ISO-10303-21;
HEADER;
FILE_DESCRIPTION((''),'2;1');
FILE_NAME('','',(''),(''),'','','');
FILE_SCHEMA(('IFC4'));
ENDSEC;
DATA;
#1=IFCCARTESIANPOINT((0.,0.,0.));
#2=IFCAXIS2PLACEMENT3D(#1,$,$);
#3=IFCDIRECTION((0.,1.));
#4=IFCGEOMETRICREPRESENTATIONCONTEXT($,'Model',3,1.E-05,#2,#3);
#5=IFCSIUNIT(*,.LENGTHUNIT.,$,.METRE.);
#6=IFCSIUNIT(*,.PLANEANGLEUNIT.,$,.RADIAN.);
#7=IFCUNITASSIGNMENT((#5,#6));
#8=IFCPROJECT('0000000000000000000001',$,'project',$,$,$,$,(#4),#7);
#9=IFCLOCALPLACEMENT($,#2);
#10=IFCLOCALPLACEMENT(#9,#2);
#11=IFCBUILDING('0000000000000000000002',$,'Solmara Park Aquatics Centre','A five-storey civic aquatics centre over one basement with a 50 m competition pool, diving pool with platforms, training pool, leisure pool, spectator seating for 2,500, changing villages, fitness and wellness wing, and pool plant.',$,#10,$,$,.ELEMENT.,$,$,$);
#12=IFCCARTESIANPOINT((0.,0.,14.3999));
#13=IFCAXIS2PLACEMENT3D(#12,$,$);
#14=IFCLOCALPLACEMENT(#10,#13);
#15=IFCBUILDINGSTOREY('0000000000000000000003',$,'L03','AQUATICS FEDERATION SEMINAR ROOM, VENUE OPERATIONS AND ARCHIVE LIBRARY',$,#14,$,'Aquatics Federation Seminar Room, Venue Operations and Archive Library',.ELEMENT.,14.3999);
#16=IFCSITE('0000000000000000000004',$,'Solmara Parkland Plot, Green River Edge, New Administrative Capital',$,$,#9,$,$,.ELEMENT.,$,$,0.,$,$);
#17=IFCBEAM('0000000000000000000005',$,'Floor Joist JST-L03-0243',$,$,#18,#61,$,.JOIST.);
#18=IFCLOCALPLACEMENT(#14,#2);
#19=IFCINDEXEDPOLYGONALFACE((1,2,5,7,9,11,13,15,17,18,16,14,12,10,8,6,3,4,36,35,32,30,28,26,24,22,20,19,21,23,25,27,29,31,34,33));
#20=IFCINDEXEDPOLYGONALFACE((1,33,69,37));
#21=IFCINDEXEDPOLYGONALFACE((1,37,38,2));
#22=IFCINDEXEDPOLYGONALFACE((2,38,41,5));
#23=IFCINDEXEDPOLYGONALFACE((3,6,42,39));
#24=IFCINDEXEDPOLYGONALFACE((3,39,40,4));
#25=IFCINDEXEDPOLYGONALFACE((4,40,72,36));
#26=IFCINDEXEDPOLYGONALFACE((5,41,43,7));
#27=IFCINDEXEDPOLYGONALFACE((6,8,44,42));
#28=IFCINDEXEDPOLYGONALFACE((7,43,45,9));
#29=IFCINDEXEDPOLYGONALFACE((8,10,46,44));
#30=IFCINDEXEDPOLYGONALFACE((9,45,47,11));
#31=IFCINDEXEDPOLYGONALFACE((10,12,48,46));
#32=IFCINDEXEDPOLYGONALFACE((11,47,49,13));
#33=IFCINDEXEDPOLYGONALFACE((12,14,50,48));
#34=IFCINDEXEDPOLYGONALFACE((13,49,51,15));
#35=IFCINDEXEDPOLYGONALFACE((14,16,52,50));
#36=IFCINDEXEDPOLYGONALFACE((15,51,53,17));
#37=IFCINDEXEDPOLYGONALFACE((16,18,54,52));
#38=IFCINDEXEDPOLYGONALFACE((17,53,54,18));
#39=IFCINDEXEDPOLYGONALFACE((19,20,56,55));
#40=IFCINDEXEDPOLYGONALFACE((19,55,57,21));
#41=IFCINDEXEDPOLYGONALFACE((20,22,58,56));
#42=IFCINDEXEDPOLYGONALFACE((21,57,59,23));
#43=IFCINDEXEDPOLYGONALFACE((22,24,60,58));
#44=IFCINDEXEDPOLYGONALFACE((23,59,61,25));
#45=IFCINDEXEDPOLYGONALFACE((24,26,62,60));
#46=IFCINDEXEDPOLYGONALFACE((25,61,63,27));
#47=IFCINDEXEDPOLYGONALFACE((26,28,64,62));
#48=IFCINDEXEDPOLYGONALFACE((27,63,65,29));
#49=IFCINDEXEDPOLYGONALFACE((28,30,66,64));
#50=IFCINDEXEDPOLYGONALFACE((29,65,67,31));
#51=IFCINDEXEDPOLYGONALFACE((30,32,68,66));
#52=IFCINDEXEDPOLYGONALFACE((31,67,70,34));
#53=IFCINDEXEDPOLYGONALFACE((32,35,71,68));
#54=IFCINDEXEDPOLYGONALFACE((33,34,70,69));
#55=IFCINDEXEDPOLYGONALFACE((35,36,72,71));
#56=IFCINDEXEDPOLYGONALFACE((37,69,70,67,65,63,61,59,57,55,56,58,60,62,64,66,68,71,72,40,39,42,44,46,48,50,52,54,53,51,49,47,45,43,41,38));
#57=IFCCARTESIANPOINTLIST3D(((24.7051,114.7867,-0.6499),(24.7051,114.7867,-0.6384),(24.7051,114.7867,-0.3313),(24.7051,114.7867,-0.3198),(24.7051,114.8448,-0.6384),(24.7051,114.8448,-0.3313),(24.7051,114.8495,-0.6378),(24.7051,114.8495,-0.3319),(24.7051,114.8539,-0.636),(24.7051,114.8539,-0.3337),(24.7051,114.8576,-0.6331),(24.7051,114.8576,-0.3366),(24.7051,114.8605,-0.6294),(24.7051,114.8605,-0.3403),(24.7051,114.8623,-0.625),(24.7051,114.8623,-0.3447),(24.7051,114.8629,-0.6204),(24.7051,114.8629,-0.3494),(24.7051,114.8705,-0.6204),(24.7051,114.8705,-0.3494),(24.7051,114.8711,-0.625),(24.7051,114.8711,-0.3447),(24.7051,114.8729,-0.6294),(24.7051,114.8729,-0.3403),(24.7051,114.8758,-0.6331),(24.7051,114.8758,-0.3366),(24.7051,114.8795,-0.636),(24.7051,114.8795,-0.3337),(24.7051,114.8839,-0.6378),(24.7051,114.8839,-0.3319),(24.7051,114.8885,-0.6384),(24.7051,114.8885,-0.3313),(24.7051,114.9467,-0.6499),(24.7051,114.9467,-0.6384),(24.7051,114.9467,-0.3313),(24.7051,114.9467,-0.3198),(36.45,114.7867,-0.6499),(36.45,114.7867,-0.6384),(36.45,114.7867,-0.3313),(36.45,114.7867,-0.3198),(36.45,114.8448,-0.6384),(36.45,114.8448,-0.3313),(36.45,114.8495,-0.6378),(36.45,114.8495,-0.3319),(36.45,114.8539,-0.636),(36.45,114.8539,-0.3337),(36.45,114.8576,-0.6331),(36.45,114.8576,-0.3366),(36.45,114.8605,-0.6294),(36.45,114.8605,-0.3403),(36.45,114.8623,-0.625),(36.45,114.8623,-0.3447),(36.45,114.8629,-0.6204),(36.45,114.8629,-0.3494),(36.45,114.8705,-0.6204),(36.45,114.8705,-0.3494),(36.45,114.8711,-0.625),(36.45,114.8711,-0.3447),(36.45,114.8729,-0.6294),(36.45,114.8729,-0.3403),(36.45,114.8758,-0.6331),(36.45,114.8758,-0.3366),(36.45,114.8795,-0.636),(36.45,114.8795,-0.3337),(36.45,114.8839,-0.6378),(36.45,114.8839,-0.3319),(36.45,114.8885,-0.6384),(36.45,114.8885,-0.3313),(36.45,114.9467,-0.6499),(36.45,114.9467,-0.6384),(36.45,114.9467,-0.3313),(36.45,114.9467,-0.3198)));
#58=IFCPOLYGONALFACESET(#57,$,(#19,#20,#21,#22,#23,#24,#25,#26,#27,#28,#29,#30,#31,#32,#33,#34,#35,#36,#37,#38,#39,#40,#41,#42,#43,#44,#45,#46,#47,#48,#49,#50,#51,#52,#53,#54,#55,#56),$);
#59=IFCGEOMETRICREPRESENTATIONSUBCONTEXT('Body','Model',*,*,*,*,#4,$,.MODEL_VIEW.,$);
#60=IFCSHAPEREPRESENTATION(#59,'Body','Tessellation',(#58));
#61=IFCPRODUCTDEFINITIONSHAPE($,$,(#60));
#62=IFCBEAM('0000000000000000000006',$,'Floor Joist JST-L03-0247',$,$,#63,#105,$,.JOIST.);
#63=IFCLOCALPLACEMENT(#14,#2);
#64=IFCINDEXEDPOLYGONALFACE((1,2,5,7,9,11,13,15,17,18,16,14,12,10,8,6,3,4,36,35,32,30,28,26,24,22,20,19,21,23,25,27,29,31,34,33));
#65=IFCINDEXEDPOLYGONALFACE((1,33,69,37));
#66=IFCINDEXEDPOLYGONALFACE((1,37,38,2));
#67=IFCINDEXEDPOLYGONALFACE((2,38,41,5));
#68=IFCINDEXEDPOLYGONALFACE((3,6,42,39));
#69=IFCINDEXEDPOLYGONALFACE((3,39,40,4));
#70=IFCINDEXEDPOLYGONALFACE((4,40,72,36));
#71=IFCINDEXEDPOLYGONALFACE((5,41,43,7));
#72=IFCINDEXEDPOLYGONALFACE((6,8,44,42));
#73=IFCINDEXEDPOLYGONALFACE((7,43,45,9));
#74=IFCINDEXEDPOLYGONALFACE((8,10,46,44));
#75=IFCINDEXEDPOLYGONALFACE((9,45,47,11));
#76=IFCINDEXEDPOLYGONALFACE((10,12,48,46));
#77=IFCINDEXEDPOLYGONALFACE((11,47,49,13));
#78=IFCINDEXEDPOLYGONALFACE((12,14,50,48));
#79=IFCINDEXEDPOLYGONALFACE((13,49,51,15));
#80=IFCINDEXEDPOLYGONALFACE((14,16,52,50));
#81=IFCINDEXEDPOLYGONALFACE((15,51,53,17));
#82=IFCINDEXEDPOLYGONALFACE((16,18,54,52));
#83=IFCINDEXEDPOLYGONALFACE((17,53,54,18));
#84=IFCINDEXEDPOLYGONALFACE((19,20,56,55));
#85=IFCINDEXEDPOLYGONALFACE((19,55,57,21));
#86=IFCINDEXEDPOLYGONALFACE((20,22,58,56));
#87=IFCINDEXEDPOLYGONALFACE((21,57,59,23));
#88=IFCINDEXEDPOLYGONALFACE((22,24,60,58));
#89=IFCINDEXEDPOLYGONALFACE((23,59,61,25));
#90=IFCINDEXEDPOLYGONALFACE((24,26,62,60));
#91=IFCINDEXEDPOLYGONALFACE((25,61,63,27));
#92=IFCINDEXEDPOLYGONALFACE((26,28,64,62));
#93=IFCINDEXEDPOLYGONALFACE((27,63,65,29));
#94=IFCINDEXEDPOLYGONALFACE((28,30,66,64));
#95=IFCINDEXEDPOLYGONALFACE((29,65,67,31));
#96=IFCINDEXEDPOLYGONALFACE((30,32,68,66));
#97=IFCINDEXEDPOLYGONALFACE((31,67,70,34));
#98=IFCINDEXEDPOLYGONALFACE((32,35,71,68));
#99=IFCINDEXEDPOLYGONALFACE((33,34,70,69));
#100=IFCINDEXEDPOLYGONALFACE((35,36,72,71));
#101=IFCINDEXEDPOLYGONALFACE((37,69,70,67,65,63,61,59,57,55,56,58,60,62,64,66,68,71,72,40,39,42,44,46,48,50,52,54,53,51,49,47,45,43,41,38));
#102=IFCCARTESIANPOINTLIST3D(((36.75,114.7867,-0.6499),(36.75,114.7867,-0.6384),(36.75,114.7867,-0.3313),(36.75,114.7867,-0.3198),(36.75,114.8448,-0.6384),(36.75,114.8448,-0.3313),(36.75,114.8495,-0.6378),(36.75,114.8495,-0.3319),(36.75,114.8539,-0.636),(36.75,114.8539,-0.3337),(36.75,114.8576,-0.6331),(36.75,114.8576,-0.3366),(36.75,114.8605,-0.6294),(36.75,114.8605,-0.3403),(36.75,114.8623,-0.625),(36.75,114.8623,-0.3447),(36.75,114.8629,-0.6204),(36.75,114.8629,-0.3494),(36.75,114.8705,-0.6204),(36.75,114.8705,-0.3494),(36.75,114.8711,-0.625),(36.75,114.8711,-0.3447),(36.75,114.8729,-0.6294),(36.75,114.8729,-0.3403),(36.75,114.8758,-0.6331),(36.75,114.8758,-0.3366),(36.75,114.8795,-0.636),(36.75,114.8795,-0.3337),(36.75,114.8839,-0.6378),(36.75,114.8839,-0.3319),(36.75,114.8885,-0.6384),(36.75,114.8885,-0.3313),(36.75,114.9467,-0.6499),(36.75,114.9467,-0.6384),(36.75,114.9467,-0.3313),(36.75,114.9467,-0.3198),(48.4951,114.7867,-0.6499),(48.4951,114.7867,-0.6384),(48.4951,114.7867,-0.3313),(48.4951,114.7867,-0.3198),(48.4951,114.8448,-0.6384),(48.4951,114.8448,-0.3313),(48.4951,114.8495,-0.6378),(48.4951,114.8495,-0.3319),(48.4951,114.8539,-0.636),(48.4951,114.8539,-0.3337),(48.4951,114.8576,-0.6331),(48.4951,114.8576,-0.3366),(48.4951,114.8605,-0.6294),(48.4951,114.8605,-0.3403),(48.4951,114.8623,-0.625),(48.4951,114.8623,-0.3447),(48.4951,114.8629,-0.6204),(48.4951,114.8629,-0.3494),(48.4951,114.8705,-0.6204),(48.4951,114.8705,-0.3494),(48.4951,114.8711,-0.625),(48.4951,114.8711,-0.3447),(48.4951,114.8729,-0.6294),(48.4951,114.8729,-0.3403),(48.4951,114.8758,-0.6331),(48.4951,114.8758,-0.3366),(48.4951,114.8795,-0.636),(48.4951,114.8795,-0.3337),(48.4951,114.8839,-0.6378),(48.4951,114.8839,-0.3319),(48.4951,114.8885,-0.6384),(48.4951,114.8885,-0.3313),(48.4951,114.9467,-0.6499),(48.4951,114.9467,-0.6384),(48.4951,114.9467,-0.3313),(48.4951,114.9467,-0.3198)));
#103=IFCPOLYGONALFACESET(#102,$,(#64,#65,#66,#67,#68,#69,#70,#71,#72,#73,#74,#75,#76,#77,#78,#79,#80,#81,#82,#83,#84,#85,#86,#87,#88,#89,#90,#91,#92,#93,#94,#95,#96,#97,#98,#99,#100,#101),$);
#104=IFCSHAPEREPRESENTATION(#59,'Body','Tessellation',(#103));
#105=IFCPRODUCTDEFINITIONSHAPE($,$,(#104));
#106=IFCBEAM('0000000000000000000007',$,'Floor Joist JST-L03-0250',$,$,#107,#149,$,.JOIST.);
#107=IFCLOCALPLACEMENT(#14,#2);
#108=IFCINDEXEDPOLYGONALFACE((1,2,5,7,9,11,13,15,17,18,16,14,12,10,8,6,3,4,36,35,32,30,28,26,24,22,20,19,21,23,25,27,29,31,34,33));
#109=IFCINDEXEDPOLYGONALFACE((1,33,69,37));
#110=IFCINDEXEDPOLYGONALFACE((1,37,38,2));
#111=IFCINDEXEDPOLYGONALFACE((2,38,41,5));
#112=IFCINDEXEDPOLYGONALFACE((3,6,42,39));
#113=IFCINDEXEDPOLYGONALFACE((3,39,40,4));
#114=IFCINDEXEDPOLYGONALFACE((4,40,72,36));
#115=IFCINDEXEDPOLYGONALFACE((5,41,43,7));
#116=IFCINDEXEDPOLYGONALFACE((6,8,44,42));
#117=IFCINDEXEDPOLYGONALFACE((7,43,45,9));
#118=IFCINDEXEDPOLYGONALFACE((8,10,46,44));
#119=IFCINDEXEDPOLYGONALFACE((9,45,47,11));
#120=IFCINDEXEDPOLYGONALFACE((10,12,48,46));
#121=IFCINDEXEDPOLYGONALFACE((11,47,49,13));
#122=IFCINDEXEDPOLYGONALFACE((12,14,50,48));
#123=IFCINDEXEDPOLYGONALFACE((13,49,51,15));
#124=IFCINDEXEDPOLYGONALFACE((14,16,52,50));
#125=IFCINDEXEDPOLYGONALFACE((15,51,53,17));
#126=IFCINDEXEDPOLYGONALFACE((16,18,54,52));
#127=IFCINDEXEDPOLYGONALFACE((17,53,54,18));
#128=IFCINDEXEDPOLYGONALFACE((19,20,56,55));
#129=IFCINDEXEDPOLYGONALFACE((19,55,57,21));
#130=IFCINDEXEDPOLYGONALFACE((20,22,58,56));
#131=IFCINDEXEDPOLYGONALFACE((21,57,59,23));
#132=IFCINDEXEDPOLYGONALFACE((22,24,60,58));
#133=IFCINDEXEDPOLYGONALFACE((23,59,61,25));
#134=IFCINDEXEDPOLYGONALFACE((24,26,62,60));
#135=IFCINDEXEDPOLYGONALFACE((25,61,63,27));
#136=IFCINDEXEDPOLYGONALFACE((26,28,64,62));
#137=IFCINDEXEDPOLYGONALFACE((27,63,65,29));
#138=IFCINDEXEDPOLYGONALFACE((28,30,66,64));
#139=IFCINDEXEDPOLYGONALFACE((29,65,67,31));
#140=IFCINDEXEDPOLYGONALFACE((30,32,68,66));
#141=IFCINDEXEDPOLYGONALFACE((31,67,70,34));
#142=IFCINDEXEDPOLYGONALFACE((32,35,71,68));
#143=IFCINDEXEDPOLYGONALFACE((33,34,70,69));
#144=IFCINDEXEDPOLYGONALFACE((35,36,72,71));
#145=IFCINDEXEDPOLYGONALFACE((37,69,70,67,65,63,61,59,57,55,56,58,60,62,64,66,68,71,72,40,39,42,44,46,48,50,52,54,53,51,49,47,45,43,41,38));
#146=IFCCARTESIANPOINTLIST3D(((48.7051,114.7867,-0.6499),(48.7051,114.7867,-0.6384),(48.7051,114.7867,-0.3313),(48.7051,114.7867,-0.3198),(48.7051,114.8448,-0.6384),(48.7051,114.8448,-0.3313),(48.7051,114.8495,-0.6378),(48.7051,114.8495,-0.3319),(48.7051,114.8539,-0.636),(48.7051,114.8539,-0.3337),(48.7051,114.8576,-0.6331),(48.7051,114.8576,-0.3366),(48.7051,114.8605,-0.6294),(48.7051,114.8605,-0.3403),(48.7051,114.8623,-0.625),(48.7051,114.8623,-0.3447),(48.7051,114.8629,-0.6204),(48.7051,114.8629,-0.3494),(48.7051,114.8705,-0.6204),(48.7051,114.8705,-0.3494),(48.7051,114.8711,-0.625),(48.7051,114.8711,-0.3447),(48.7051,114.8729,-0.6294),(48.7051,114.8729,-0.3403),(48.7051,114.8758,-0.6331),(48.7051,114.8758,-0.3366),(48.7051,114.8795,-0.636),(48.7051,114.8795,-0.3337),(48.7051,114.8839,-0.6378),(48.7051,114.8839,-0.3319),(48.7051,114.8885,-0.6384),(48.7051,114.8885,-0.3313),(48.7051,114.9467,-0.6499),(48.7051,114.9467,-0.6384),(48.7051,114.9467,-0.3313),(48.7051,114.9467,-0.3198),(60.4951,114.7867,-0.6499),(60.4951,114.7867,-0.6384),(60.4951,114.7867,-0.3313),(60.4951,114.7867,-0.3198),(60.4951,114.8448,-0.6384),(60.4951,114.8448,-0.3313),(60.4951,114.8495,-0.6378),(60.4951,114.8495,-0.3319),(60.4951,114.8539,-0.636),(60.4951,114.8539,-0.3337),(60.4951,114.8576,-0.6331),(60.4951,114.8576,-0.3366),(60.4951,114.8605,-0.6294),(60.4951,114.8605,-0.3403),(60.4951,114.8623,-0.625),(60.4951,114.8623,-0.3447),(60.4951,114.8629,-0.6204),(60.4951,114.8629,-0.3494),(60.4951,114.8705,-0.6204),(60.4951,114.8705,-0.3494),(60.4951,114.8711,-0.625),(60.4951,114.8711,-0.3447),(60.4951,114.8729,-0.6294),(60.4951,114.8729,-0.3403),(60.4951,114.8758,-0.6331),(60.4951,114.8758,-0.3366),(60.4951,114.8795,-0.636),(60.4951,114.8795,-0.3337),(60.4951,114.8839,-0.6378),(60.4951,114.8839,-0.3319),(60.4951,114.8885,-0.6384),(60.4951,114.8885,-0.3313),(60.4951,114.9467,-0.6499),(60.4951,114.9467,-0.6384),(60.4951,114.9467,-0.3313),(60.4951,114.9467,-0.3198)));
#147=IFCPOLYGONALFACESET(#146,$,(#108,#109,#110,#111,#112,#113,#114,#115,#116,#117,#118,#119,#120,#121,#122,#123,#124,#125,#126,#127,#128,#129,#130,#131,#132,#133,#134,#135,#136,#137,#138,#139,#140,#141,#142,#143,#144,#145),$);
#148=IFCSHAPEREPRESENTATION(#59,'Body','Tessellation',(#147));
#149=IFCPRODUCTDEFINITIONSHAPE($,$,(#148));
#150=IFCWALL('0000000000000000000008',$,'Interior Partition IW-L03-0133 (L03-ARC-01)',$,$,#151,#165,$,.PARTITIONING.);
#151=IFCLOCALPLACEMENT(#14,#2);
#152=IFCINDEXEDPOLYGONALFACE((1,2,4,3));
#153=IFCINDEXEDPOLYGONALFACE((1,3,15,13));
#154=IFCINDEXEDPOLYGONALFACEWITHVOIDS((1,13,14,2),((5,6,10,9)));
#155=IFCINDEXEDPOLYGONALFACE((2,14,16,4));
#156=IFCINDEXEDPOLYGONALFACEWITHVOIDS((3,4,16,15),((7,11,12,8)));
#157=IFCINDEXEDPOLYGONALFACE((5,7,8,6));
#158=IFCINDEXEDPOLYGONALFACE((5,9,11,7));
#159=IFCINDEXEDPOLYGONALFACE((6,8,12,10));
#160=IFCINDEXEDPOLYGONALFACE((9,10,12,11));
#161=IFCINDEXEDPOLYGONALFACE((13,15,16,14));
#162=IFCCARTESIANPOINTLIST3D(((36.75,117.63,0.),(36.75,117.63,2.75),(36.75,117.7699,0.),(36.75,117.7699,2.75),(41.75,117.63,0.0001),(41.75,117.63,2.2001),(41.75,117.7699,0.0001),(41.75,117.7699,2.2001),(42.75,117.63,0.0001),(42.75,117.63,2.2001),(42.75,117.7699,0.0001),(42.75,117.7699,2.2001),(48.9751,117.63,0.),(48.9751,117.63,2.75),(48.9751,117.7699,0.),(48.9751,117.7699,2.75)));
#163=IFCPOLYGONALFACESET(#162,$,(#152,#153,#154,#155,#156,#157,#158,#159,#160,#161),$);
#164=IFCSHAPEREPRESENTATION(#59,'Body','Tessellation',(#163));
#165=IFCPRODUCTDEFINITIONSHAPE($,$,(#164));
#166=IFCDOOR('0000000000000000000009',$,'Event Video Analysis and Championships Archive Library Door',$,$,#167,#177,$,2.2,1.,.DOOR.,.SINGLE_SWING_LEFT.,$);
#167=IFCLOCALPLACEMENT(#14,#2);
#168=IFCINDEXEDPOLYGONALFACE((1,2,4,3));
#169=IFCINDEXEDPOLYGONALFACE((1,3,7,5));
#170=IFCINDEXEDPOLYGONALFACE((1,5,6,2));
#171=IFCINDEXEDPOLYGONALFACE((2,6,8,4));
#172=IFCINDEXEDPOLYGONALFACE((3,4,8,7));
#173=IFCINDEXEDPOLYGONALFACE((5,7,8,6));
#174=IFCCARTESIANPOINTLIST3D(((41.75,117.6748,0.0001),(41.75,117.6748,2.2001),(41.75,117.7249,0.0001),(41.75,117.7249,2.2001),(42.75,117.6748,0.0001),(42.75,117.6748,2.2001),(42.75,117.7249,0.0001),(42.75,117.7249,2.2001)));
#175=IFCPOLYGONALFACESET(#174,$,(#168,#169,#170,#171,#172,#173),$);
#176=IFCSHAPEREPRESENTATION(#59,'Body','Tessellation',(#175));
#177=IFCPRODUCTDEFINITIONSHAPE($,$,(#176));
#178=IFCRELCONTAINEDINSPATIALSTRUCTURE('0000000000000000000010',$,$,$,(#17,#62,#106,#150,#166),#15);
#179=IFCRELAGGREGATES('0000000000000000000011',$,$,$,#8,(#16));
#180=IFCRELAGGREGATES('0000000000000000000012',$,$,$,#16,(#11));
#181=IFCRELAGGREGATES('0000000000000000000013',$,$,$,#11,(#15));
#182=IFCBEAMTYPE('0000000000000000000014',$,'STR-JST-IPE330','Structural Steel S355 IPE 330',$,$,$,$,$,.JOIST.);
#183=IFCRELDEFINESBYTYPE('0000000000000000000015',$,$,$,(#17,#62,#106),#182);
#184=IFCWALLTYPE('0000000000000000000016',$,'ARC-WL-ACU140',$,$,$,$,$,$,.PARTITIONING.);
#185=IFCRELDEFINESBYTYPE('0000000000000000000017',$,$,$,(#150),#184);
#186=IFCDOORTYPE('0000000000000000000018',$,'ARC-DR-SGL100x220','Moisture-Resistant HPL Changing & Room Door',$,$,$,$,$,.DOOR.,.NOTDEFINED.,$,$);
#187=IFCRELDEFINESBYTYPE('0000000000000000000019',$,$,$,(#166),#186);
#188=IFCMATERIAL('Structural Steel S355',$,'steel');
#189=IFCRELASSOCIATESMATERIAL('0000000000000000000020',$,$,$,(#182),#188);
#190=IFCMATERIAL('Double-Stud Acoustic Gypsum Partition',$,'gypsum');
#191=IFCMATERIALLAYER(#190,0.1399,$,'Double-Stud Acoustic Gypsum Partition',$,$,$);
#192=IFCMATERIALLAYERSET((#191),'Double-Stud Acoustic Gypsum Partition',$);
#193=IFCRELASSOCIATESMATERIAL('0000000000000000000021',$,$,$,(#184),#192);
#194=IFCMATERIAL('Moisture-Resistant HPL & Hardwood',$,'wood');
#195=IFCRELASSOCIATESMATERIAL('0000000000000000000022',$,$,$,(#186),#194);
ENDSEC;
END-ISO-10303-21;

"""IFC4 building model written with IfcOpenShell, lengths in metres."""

from ifc_helpers import new_model, si_unit, direction, frame, frame_2d, origin, origin_2d, place, context, subcontext, project, spatial, rectangle, i_section, extrude, material, layer, layer_set, material_profile, profile_set, type_object, element, fill, save


model = new_model("IFC4")

# Units and contexts
model_context = context("Model", 3, precision=1e-05, world=origin(), true_north=direction((0.0, 1.0)))
body_context = subcontext(model_context, "Body", "Model", "MODEL_VIEW")
ifc_project = project(units=[si_unit("LENGTHUNIT", "METRE"), si_unit("PLANEANGLEUNIT", "RADIAN")], contexts=[model_context])

# Site, building, storey
site_placement = place(None, origin())
site = spatial("IfcSite", under=ifc_project, at=site_placement, Name="Solmara Parkland Plot, Green River Edge, New Administrative Capital", CompositionType="ELEMENT", RefElevation=0.0)
building_placement = place(site_placement, origin())
building = spatial("IfcBuilding", under=site, at=building_placement, Name="Solmara Park Aquatics Centre", Description="A five-storey civic aquatics centre over one basement with a 50 m competition pool, diving pool with platforms, training pool, leisure pool, spectator seating for 2,500, changing villages, fitness and wellness wing, and pool plant.", CompositionType="ELEMENT")
storey_placement = place(building_placement, frame((0.0, 0.0, 14.3999)))
storey = spatial("IfcBuildingStorey", under=building, at=storey_placement, Name="L03", Description="AQUATICS FEDERATION SEMINAR ROOM, VENUE OPERATIONS AND ARCHIVE LIBRARY", LongName="Aquatics Federation Seminar Room, Venue Operations and Archive Library", CompositionType="ELEMENT", Elevation=14.3999)

# Beams
ifc_material_1 = material(Name="Structural Steel S355", Category="steel")
ifc_material_profile_1 = material_profile(ifc_material_1, i_section(OverallWidth=0.1599, OverallDepth=0.3301, WebThickness=0.0076, FlangeThickness=0.0115, FilletRadius=0.0181, at=origin_2d()), Name="IPE 330")
ifc_profile_set_1 = profile_set([ifc_material_profile_1], Name="Structural Steel S355")
beam_type_1 = type_object("IfcBeamType", Name="STR-JST-IPE330", Description="Structural Steel S355 IPE 330", PredefinedType="JOIST", material=ifc_profile_set_1)
beam_1_placement = place(storey_placement, frame((24.7051, 114.8667, -0.4849), z_axis=(1.0, 0.0, 0.0), x_axis=(0.0, 1.0, 0.0)))
element("IfcBeam", 1, at=beam_1_placement, inside=storey, type_object=beam_type_1, Name="Floor Joist JST-L03-0243", PredefinedType="JOIST", context=body_context, shape_type="SweptSolid", body=[
    extrude(i_section(OverallWidth=0.1599, OverallDepth=0.3301, WebThickness=0.0076, FlangeThickness=0.0115, FilletRadius=0.0181, at=origin_2d()), origin(), (0.0, 0.0, 1.0), 11.7449),
])
beam_2_placement = place(storey_placement, frame((36.75, 114.8667, -0.4849), z_axis=(1.0, 0.0, 0.0), x_axis=(0.0, 1.0, 0.0)))
element("IfcBeam", 2, at=beam_2_placement, inside=storey, type_object=beam_type_1, Name="Floor Joist JST-L03-0247", PredefinedType="JOIST", context=body_context, shape_type="SweptSolid", body=[
    extrude(i_section(OverallWidth=0.1599, OverallDepth=0.3301, WebThickness=0.0076, FlangeThickness=0.0115, FilletRadius=0.0181, at=origin_2d()), origin(), (0.0, 0.0, 1.0), 11.7451),
])
beam_3_placement = place(storey_placement, frame((48.7051, 114.8667, -0.4849), z_axis=(1.0, 0.0, 0.0), x_axis=(0.0, 1.0, 0.0)))
element("IfcBeam", 3, at=beam_3_placement, inside=storey, type_object=beam_type_1, Name="Floor Joist JST-L03-0250", PredefinedType="JOIST", context=body_context, shape_type="SweptSolid", body=[
    extrude(i_section(OverallWidth=0.1599, OverallDepth=0.3301, WebThickness=0.0076, FlangeThickness=0.0115, FilletRadius=0.0181, at=origin_2d()), origin(), (0.0, 0.0, 1.0), 11.79),
])

# Wall, opening, door
ifc_material_2 = material(Name="Double-Stud Acoustic Gypsum Partition", Category="gypsum")
ifc_layer_1 = layer(ifc_material_2, 0.1399, Name="Double-Stud Acoustic Gypsum Partition")
ifc_layer_set_1 = layer_set([ifc_layer_1], Name="Double-Stud Acoustic Gypsum Partition")
wall_type_1 = type_object("IfcWallType", Name="ARC-WL-ACU140", PredefinedType="PARTITIONING", material=ifc_layer_set_1)
wall_1_placement = place(storey_placement, frame((36.75, 117.7, 0.0), z_axis=(0.0, 0.0, 1.0), x_axis=(1.0, 0.0, 0.0)))
wall_1 = element("IfcWall", 4, at=wall_1_placement, inside=storey, type_object=wall_type_1, Name="Interior Partition IW-L03-0133 (L03-ARC-01)", PredefinedType="PARTITIONING", context=body_context, shape_type="SweptSolid", body=[
    extrude(rectangle(XDim=12.2251, YDim=0.1399, at=frame_2d((6.1125, 0.0))), origin(), (0.0, 0.0, 1.0), 2.75),
])
opening_1_placement = place(wall_1_placement, frame((5.0, 0.0, 0.0)))
opening_1 = element("IfcOpeningElement", 5, at=opening_1_placement, cuts=wall_1, PredefinedType="OPENING", context=body_context, shape_type="SweptSolid", body=[
    extrude(rectangle(XDim=1.0, YDim=2.2, at=frame_2d((0.5, 1.1001))), frame((0.0, 0.0798, 0.0), z_axis=(0.0, -1.0, 0.0), x_axis=(1.0, 0.0, 0.0)), (0.0, 0.0, 1.0), 0.1599),
])
ifc_material_3 = material(Name="Moisture-Resistant HPL & Hardwood", Category="wood")
door_type_1 = type_object("IfcDoorType", Name="ARC-DR-SGL100x220", Description="Moisture-Resistant HPL Changing & Room Door", OperationType="NOTDEFINED", PredefinedType="DOOR", material=ifc_material_3)
door_1_placement = place(opening_1_placement, origin())
door_1 = element("IfcDoor", 6, at=door_1_placement, inside=storey, type_object=door_type_1, Name="Event Video Analysis and Championships Archive Library Door", OperationType="SINGLE_SWING_LEFT", OverallHeight=2.2, OverallWidth=1.0, PredefinedType="DOOR", context=body_context, shape_type="SweptSolid", body=[
    extrude(rectangle(XDim=1.0, YDim=2.2, at=frame_2d((0.5, 1.1001))), frame((0.0, 0.0249, 0.0), z_axis=(0.0, -1.0, 0.0), x_axis=(1.0, 0.0, 0.0)), (0.0, 0.0, 1.0), 0.05),
])
fill(opening_1, door_1)

save(model, "model.ifc")
